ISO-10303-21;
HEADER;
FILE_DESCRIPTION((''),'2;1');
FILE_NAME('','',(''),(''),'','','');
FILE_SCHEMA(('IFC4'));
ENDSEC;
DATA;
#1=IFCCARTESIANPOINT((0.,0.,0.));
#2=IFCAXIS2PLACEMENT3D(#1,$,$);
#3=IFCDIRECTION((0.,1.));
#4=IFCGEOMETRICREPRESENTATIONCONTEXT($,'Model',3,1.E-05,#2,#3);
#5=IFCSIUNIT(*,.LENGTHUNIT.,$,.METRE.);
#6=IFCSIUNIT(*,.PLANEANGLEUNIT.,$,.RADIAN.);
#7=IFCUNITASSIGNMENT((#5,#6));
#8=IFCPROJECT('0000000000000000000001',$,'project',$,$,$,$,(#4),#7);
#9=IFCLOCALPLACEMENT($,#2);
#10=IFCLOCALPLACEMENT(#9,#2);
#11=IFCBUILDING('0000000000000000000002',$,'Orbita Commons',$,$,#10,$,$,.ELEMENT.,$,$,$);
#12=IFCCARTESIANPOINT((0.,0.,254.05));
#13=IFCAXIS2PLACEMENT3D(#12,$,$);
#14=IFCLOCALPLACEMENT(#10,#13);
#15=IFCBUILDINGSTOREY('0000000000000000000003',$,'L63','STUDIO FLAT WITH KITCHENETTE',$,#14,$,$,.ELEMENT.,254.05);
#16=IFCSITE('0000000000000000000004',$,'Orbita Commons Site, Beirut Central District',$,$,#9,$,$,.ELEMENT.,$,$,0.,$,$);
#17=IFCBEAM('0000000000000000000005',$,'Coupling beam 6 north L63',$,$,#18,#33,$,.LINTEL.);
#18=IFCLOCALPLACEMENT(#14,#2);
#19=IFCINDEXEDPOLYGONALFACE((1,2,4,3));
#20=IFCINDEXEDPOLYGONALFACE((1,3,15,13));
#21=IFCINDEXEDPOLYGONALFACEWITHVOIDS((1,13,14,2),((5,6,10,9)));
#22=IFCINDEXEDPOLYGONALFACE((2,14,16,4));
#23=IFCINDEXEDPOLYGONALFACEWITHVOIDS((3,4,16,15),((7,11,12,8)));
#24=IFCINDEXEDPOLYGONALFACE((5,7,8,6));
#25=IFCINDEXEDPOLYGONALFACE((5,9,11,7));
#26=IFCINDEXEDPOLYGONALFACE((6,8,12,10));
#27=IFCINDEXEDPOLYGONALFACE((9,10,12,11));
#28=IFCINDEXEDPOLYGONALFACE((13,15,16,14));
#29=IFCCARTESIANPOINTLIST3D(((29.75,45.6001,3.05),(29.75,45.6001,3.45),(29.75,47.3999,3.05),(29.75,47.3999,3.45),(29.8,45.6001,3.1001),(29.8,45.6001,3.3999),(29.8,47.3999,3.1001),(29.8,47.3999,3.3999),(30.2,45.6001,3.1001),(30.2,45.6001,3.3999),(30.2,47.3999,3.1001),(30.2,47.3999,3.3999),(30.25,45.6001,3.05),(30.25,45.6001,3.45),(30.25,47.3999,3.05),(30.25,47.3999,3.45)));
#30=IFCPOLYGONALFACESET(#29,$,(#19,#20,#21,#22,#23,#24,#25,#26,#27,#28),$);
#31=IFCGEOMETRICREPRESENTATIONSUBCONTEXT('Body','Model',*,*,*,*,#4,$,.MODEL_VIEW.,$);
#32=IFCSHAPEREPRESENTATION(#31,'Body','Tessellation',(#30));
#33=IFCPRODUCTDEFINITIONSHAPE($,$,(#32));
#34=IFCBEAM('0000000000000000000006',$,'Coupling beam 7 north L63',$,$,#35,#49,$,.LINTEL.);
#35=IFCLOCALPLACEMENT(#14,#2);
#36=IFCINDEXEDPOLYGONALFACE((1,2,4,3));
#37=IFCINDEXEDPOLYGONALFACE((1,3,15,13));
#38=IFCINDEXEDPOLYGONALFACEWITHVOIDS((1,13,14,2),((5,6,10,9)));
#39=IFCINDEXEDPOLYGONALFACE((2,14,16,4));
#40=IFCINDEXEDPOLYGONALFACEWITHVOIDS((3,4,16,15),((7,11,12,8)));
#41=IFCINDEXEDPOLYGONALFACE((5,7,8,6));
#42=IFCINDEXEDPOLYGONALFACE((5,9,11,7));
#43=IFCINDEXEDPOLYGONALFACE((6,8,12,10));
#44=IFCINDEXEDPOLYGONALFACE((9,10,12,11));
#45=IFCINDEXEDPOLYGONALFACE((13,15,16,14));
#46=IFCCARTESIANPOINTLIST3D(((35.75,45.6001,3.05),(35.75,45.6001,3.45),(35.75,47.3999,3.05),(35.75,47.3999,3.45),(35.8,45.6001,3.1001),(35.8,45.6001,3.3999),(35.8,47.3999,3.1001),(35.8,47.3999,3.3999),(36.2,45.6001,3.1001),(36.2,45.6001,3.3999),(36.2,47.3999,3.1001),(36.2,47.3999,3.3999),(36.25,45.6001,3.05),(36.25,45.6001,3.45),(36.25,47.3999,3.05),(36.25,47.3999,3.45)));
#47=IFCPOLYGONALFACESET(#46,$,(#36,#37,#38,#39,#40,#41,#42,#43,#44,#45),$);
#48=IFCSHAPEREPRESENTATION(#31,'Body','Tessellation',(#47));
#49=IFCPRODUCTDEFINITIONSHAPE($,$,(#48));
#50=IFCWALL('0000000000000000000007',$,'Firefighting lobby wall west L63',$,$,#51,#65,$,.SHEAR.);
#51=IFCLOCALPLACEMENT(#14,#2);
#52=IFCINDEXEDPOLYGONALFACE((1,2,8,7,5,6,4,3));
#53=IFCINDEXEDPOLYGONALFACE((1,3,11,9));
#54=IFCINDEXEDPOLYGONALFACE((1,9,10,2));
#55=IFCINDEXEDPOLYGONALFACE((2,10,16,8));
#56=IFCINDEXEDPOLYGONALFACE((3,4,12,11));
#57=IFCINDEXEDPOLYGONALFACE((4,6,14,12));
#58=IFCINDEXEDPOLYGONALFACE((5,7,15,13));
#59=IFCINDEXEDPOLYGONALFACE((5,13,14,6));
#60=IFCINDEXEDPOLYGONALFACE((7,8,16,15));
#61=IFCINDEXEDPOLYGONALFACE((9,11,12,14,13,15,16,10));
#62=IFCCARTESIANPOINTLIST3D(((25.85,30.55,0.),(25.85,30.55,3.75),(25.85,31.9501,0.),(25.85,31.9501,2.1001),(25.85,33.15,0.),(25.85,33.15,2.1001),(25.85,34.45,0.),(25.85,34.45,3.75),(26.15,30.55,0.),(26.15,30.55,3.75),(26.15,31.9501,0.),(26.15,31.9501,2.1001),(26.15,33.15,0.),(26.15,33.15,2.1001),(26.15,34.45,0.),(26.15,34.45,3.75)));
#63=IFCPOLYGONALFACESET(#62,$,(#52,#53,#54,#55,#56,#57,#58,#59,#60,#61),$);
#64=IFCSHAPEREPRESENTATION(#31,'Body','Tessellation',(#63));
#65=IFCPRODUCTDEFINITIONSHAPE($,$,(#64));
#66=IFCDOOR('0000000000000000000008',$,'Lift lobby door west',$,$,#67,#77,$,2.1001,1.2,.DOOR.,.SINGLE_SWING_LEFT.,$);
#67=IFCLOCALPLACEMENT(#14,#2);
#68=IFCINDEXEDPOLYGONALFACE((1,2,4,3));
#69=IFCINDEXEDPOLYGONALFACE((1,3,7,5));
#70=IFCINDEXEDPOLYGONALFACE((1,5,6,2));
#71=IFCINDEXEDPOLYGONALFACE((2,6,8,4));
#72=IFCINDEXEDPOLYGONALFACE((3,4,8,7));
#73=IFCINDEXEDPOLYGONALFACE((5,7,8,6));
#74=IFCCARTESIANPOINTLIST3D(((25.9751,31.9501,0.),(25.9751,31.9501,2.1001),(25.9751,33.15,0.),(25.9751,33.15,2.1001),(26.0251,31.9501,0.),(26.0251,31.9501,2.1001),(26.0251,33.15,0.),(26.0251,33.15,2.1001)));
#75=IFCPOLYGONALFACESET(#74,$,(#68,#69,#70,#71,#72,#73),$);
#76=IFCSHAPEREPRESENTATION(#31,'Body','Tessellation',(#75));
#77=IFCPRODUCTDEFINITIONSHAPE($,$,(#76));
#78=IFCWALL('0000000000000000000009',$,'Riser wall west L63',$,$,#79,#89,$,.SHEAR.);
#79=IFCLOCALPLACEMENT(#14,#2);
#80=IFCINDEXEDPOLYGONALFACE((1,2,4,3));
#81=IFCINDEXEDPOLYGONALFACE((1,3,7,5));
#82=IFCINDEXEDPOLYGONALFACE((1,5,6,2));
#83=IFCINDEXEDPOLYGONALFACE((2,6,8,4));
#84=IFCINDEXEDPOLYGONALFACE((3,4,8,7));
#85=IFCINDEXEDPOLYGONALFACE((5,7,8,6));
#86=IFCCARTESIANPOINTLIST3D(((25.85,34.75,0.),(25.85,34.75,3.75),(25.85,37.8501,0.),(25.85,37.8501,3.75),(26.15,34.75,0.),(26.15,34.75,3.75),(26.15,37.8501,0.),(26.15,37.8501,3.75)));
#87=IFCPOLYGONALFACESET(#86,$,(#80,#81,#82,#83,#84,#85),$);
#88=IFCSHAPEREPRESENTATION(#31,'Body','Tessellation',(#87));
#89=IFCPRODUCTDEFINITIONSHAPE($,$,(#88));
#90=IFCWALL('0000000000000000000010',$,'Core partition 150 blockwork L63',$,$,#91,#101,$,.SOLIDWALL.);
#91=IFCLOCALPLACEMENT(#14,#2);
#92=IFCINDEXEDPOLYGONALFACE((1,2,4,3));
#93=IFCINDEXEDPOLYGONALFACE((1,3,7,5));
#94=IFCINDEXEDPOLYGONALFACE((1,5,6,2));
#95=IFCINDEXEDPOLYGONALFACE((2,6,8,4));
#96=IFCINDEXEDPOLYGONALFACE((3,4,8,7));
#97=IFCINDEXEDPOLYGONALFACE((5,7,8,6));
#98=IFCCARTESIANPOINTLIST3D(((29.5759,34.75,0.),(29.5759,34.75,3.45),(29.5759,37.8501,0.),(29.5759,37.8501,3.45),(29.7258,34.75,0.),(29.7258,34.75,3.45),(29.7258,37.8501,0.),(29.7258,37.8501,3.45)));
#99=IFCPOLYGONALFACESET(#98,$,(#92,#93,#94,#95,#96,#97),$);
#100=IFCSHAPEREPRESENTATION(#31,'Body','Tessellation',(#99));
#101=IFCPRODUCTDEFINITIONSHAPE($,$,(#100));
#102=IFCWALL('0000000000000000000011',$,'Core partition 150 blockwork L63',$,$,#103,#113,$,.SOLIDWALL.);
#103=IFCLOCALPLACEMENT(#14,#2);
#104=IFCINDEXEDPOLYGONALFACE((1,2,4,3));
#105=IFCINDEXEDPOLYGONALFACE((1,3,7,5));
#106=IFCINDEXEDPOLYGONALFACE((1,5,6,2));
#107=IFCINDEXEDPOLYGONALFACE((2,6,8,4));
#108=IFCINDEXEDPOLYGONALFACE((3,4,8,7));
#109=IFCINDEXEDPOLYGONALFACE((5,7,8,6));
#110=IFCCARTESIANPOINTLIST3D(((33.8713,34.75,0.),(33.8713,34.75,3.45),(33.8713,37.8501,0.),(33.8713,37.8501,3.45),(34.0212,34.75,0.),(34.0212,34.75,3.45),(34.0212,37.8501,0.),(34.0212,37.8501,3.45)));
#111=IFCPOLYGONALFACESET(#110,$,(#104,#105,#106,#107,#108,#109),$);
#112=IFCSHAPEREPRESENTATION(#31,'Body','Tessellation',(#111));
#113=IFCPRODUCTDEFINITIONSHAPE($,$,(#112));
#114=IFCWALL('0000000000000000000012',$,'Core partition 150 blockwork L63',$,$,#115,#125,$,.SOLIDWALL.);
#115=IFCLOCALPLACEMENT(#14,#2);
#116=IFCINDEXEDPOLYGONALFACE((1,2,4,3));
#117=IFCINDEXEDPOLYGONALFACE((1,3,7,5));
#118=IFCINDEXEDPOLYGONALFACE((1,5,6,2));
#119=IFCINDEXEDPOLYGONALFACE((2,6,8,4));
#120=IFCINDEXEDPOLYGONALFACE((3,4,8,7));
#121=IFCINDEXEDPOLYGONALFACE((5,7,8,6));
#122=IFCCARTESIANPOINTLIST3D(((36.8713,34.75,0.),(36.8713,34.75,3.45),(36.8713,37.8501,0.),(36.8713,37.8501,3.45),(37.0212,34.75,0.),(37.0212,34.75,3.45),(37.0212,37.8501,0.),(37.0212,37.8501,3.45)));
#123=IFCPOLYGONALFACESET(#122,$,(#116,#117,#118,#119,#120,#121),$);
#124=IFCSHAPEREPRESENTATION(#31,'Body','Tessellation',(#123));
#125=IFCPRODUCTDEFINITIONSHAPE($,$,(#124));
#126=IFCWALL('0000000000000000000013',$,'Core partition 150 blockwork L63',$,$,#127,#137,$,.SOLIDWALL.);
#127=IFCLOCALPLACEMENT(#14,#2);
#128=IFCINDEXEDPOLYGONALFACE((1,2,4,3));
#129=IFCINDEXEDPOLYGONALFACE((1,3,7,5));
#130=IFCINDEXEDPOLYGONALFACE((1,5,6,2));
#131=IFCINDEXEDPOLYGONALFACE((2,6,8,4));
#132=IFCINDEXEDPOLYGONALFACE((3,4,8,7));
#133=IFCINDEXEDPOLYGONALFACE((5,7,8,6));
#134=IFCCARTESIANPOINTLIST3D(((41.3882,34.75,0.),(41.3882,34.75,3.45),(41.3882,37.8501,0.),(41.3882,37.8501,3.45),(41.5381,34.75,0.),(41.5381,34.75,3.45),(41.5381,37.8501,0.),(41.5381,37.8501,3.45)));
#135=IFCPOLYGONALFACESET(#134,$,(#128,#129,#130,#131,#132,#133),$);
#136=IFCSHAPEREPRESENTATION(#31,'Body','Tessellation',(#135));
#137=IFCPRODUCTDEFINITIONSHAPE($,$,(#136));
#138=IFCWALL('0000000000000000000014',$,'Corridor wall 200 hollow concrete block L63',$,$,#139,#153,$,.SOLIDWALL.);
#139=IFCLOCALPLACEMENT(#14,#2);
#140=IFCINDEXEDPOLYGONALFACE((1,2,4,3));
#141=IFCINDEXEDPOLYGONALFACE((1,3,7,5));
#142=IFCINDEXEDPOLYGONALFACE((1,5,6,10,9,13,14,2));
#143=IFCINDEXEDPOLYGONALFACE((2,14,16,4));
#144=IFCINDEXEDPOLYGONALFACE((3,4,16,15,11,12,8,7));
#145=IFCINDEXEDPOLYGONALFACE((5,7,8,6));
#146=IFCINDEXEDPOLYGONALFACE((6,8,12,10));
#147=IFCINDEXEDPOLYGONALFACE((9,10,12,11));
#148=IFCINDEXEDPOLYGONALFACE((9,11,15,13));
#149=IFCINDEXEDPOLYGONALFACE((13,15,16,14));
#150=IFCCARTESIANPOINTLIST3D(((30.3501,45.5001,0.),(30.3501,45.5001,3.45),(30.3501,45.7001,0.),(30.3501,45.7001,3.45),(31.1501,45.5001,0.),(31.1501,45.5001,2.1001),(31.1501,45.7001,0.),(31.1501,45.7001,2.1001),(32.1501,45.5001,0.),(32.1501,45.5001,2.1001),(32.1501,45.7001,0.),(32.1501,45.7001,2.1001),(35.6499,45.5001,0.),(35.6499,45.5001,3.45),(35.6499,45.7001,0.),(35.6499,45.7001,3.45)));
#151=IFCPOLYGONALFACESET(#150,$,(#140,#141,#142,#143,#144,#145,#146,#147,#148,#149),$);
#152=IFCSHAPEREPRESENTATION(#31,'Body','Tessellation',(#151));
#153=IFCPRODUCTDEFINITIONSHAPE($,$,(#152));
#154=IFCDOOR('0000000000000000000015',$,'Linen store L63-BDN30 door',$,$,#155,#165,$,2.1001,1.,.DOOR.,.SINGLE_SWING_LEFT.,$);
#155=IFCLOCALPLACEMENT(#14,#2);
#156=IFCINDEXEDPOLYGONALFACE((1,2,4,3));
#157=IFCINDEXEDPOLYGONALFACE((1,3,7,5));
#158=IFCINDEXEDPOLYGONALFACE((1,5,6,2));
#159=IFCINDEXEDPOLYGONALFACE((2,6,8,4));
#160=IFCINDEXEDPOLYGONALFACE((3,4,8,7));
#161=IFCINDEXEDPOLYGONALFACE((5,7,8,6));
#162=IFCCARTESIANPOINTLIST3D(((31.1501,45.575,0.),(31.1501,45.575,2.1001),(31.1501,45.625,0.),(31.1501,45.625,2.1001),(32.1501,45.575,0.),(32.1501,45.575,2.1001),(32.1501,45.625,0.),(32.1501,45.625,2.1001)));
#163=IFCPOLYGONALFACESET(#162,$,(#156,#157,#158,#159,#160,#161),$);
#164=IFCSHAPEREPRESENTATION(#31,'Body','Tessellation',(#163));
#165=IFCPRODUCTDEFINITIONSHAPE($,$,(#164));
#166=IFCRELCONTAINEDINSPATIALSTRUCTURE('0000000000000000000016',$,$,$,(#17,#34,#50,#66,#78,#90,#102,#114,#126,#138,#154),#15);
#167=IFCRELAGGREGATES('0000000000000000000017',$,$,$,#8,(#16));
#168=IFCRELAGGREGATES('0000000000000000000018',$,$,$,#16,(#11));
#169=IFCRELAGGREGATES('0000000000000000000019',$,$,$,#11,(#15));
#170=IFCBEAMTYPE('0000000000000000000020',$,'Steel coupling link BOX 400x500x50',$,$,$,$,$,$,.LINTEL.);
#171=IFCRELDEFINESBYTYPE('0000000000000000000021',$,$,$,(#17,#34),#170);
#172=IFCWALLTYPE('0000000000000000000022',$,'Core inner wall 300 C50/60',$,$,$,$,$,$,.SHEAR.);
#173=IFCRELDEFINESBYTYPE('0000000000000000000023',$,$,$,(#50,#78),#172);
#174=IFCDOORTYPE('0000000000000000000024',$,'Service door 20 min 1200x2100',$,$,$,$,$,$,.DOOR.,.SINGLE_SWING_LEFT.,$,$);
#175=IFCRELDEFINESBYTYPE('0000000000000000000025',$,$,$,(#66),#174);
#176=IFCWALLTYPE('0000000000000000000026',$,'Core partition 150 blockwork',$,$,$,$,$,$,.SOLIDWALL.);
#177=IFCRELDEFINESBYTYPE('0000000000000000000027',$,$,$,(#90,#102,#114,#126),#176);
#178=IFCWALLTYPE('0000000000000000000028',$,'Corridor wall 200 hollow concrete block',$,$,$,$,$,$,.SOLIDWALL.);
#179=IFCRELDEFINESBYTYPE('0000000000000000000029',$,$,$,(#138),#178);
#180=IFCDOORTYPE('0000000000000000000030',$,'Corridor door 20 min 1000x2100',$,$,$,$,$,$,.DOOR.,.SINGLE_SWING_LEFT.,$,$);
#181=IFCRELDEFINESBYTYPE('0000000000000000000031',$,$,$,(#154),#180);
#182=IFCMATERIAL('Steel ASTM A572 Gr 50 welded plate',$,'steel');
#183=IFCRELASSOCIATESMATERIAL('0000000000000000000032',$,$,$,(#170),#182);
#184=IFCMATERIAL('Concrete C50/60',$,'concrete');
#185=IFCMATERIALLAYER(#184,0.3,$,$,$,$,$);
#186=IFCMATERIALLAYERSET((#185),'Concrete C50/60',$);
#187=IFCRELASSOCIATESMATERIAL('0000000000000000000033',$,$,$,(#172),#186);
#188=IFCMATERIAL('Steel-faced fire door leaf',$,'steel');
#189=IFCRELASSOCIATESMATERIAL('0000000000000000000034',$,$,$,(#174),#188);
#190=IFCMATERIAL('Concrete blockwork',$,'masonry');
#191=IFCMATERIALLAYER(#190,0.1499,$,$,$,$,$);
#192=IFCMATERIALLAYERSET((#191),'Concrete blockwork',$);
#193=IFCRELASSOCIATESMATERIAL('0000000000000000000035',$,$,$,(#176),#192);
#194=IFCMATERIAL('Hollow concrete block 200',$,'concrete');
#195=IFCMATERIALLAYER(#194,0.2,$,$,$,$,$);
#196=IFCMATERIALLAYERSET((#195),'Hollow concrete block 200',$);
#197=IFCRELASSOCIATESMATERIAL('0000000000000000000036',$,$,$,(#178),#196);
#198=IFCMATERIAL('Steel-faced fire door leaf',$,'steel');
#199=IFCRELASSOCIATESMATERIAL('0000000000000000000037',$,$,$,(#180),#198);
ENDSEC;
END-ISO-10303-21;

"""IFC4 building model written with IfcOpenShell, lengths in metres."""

from ifc_helpers import new_model, si_unit, direction, frame, frame_2d, origin, origin_2d, place, context, subcontext, project, spatial, rectangle, hollow_rectangle, extrude, material, layer, layer_set, material_profile, profile_set, type_object, element, fill, save


model = new_model("IFC4")

# Units and contexts
model_context = context("Model", 3, precision=1e-05, world=origin(), true_north=direction((0.0, 1.0)))
body_context = subcontext(model_context, "Body", "Model", "MODEL_VIEW")
ifc_project = project(units=[si_unit("LENGTHUNIT", "METRE"), si_unit("PLANEANGLEUNIT", "RADIAN")], contexts=[model_context])

# Site, building, storey
site_placement = place(None, origin())
site = spatial("IfcSite", under=ifc_project, at=site_placement, Name="Orbita Commons Site, Beirut Central District", CompositionType="ELEMENT", RefElevation=0.0)
building_placement = place(site_placement, origin())
building = spatial("IfcBuilding", under=site, at=building_placement, Name="Orbita Commons", CompositionType="ELEMENT")
storey_placement = place(building_placement, frame((0.0, 0.0, 254.05)))
storey = spatial("IfcBuildingStorey", under=building, at=storey_placement, Name="L63", Description="STUDIO FLAT WITH KITCHENETTE", CompositionType="ELEMENT", Elevation=254.05)

# Beams
ifc_material_1 = material(Name="Steel ASTM A572 Gr 50 welded plate", Category="steel")
ifc_material_profile = material_profile(ifc_material_1, hollow_rectangle(XDim=0.5, YDim=0.3999, WallThickness=0.05, at=origin_2d()), Name="BOX 400x500x50")
ifc_profile_set = profile_set([ifc_material_profile], Name="Steel ASTM A572 Gr 50 welded plate")
beam_type = type_object("IfcBeamType", Name="Steel coupling link BOX 400x500x50", PredefinedType="LINTEL", material=ifc_profile_set)
for number, where, z_axis, x_axis, name in (
    (1, (30.0, 45.6001, 3.25), (0.0, 1.0, 0.0), (-1.0, 0.0, 0.0), "Coupling beam 6 north L63"),
    (2, (36.0, 45.6001, 3.25), (0.0, 1.0, 0.0), (-1.0, 0.0, 0.0), "Coupling beam 7 north L63"),
):
    element("IfcBeam", number, at=place(storey_placement, frame(where, z_axis=z_axis, x_axis=x_axis)), inside=storey, type_object=beam_type, Name=name, PredefinedType="LINTEL", context=body_context, shape_type="SweptSolid", body=[
        extrude(hollow_rectangle(XDim=0.5, YDim=0.3999, WallThickness=0.05, at=origin_2d()), origin(), (0.0, 0.0, 1.0), 1.7998),
    ])

# Wall, opening, door
ifc_material_2 = material(Name="Concrete C50/60", Category="concrete")
ifc_layer_1 = layer(ifc_material_2, 0.3)
ifc_layer_set_1 = layer_set([ifc_layer_1], Name="Concrete C50/60")
wall_type_1 = type_object("IfcWallType", Name="Core inner wall 300 C50/60", PredefinedType="SHEAR", material=ifc_layer_set_1)
wall_1_placement = place(storey_placement, frame((26.0, 30.55, 0.0), z_axis=(0.0, 0.0, 1.0), x_axis=(0.0, 1.0, 0.0)))
wall_1 = element("IfcWall", 3, at=wall_1_placement, inside=storey, type_object=wall_type_1, Name="Firefighting lobby wall west L63", PredefinedType="SHEAR", context=body_context, shape_type="SweptSolid", body=[
    extrude(rectangle(XDim=3.8999, YDim=0.3, at=frame_2d((1.95, 0.0))), origin(), (0.0, 0.0, 1.0), 3.75),
])
opening_1_placement = place(wall_1_placement, frame((1.3999, 0.0, 0.0)))
opening_1 = element("IfcOpeningElement", 4, at=opening_1_placement, cuts=wall_1, PredefinedType="OPENING", context=body_context, shape_type="SweptSolid", body=[
    extrude(rectangle(XDim=1.2, YDim=2.1001, at=frame_2d((0.6001, 1.05))), frame((0.0, 0.1599, 0.0), z_axis=(0.0, -1.0, 0.0), x_axis=(1.0, 0.0, 0.0)), (0.0, 0.0, 1.0), 0.3201),
])
ifc_material_3 = material(Name="Steel-faced fire door leaf", Category="steel")
door_type_1 = type_object("IfcDoorType", Name="Service door 20 min 1200x2100", OperationType="SINGLE_SWING_LEFT", PredefinedType="DOOR", material=ifc_material_3)
door_1_placement = place(opening_1_placement, origin())
door_1 = element("IfcDoor", 5, at=door_1_placement, inside=storey, type_object=door_type_1, Name="Lift lobby door west", OperationType="SINGLE_SWING_LEFT", OverallHeight=2.1001, OverallWidth=1.2, PredefinedType="DOOR", context=body_context, shape_type="SweptSolid", body=[
    extrude(rectangle(XDim=1.2, YDim=2.1001, at=frame_2d((0.6001, 1.05))), frame((0.0, 0.0249, 0.0), z_axis=(0.0, -1.0, 0.0), x_axis=(1.0, 0.0, 0.0)), (0.0, 0.0, 1.0), 0.05),
])
fill(opening_1, door_1)

# Walls
wall_2_placement = place(storey_placement, frame((26.0, 34.75, 0.0), z_axis=(0.0, 0.0, 1.0), x_axis=(0.0, 1.0, 0.0)))
element("IfcWall", 6, at=wall_2_placement, inside=storey, type_object=wall_type_1, Name="Riser wall west L63", PredefinedType="SHEAR", context=body_context, shape_type="SweptSolid", body=[
    extrude(rectangle(XDim=3.1001, YDim=0.3, at=frame_2d((1.55, 0.0))), origin(), (0.0, 0.0, 1.0), 3.75),
])
ifc_material_4 = material(Name="Concrete blockwork", Category="masonry")
ifc_layer_2 = layer(ifc_material_4, 0.1499)
ifc_layer_set_2 = layer_set([ifc_layer_2], Name="Concrete blockwork")
wall_type_2 = type_object("IfcWallType", Name="Core partition 150 blockwork", PredefinedType="SOLIDWALL", material=ifc_layer_set_2)
for number, where, z_axis, x_axis, name in (
    (7, (29.6509, 34.75, 0.0), (0.0, 0.0, 1.0), (0.0, 1.0, 0.0), "Core partition 150 blockwork L63"),
    (8, (33.9463, 34.75, 0.0), (0.0, 0.0, 1.0), (0.0, 1.0, 0.0), "Core partition 150 blockwork L63"),
    (9, (36.9463, 34.75, 0.0), (0.0, 0.0, 1.0), (0.0, 1.0, 0.0), "Core partition 150 blockwork L63"),
    (10, (41.4631, 34.75, 0.0), (0.0, 0.0, 1.0), (0.0, 1.0, 0.0), "Core partition 150 blockwork L63"),
):
    element("IfcWall", number, at=place(storey_placement, frame(where, z_axis=z_axis, x_axis=x_axis)), inside=storey, type_object=wall_type_2, Name=name, PredefinedType="SOLIDWALL", context=body_context, shape_type="SweptSolid", body=[
        extrude(rectangle(XDim=3.1001, YDim=0.1499, at=frame_2d((1.55, 0.0))), origin(), (0.0, 0.0, 1.0), 3.45),
    ])

# Wall, opening, door
ifc_material_5 = material(Name="Hollow concrete block 200", Category="concrete")
ifc_layer_3 = layer(ifc_material_5, 0.2)
ifc_layer_set_3 = layer_set([ifc_layer_3], Name="Hollow concrete block 200")
wall_type_3 = type_object("IfcWallType", Name="Corridor wall 200 hollow concrete block", PredefinedType="SOLIDWALL", material=ifc_layer_set_3)
wall_3_placement = place(storey_placement, frame((30.3501, 45.6001, 0.0), z_axis=(0.0, 0.0, 1.0), x_axis=(1.0, 0.0, 0.0)))
wall_3 = element("IfcWall", 11, at=wall_3_placement, inside=storey, type_object=wall_type_3, Name="Corridor wall 200 hollow concrete block L63", PredefinedType="SOLIDWALL", context=body_context, shape_type="SweptSolid", body=[
    extrude(rectangle(XDim=5.2998, YDim=0.2, at=frame_2d((2.6499, 0.0))), origin(), (0.0, 0.0, 1.0), 3.45),
])
opening_2_placement = place(wall_3_placement, frame((0.8, 0.0, 0.0)))
opening_2 = element("IfcOpeningElement", 12, at=opening_2_placement, cuts=wall_3, PredefinedType="OPENING", context=body_context, shape_type="SweptSolid", body=[
    extrude(rectangle(XDim=1.0, YDim=2.1001, at=frame_2d((0.5, 1.05))), frame((0.0, 0.1099, 0.0), z_axis=(0.0, -1.0, 0.0), x_axis=(1.0, 0.0, 0.0)), (0.0, 0.0, 1.0), 0.22),
])
ifc_material_6 = material(Name="Steel-faced fire door leaf", Category="steel")
door_type_2 = type_object("IfcDoorType", Name="Corridor door 20 min 1000x2100", OperationType="SINGLE_SWING_LEFT", PredefinedType="DOOR", material=ifc_material_6)
door_2_placement = place(opening_2_placement, origin())
door_2 = element("IfcDoor", 13, at=door_2_placement, inside=storey, type_object=door_type_2, Name="Linen store L63-BDN30 door", OperationType="SINGLE_SWING_LEFT", OverallHeight=2.1001, OverallWidth=1.0, PredefinedType="DOOR", context=body_context, shape_type="SweptSolid", body=[
    extrude(rectangle(XDim=1.0, YDim=2.1001, at=frame_2d((0.5, 1.05))), frame((0.0, 0.0249, 0.0), z_axis=(0.0, -1.0, 0.0), x_axis=(1.0, 0.0, 0.0)), (0.0, 0.0, 1.0), 0.05),
])
fill(opening_2, door_2)

save(model, "model.ifc")
